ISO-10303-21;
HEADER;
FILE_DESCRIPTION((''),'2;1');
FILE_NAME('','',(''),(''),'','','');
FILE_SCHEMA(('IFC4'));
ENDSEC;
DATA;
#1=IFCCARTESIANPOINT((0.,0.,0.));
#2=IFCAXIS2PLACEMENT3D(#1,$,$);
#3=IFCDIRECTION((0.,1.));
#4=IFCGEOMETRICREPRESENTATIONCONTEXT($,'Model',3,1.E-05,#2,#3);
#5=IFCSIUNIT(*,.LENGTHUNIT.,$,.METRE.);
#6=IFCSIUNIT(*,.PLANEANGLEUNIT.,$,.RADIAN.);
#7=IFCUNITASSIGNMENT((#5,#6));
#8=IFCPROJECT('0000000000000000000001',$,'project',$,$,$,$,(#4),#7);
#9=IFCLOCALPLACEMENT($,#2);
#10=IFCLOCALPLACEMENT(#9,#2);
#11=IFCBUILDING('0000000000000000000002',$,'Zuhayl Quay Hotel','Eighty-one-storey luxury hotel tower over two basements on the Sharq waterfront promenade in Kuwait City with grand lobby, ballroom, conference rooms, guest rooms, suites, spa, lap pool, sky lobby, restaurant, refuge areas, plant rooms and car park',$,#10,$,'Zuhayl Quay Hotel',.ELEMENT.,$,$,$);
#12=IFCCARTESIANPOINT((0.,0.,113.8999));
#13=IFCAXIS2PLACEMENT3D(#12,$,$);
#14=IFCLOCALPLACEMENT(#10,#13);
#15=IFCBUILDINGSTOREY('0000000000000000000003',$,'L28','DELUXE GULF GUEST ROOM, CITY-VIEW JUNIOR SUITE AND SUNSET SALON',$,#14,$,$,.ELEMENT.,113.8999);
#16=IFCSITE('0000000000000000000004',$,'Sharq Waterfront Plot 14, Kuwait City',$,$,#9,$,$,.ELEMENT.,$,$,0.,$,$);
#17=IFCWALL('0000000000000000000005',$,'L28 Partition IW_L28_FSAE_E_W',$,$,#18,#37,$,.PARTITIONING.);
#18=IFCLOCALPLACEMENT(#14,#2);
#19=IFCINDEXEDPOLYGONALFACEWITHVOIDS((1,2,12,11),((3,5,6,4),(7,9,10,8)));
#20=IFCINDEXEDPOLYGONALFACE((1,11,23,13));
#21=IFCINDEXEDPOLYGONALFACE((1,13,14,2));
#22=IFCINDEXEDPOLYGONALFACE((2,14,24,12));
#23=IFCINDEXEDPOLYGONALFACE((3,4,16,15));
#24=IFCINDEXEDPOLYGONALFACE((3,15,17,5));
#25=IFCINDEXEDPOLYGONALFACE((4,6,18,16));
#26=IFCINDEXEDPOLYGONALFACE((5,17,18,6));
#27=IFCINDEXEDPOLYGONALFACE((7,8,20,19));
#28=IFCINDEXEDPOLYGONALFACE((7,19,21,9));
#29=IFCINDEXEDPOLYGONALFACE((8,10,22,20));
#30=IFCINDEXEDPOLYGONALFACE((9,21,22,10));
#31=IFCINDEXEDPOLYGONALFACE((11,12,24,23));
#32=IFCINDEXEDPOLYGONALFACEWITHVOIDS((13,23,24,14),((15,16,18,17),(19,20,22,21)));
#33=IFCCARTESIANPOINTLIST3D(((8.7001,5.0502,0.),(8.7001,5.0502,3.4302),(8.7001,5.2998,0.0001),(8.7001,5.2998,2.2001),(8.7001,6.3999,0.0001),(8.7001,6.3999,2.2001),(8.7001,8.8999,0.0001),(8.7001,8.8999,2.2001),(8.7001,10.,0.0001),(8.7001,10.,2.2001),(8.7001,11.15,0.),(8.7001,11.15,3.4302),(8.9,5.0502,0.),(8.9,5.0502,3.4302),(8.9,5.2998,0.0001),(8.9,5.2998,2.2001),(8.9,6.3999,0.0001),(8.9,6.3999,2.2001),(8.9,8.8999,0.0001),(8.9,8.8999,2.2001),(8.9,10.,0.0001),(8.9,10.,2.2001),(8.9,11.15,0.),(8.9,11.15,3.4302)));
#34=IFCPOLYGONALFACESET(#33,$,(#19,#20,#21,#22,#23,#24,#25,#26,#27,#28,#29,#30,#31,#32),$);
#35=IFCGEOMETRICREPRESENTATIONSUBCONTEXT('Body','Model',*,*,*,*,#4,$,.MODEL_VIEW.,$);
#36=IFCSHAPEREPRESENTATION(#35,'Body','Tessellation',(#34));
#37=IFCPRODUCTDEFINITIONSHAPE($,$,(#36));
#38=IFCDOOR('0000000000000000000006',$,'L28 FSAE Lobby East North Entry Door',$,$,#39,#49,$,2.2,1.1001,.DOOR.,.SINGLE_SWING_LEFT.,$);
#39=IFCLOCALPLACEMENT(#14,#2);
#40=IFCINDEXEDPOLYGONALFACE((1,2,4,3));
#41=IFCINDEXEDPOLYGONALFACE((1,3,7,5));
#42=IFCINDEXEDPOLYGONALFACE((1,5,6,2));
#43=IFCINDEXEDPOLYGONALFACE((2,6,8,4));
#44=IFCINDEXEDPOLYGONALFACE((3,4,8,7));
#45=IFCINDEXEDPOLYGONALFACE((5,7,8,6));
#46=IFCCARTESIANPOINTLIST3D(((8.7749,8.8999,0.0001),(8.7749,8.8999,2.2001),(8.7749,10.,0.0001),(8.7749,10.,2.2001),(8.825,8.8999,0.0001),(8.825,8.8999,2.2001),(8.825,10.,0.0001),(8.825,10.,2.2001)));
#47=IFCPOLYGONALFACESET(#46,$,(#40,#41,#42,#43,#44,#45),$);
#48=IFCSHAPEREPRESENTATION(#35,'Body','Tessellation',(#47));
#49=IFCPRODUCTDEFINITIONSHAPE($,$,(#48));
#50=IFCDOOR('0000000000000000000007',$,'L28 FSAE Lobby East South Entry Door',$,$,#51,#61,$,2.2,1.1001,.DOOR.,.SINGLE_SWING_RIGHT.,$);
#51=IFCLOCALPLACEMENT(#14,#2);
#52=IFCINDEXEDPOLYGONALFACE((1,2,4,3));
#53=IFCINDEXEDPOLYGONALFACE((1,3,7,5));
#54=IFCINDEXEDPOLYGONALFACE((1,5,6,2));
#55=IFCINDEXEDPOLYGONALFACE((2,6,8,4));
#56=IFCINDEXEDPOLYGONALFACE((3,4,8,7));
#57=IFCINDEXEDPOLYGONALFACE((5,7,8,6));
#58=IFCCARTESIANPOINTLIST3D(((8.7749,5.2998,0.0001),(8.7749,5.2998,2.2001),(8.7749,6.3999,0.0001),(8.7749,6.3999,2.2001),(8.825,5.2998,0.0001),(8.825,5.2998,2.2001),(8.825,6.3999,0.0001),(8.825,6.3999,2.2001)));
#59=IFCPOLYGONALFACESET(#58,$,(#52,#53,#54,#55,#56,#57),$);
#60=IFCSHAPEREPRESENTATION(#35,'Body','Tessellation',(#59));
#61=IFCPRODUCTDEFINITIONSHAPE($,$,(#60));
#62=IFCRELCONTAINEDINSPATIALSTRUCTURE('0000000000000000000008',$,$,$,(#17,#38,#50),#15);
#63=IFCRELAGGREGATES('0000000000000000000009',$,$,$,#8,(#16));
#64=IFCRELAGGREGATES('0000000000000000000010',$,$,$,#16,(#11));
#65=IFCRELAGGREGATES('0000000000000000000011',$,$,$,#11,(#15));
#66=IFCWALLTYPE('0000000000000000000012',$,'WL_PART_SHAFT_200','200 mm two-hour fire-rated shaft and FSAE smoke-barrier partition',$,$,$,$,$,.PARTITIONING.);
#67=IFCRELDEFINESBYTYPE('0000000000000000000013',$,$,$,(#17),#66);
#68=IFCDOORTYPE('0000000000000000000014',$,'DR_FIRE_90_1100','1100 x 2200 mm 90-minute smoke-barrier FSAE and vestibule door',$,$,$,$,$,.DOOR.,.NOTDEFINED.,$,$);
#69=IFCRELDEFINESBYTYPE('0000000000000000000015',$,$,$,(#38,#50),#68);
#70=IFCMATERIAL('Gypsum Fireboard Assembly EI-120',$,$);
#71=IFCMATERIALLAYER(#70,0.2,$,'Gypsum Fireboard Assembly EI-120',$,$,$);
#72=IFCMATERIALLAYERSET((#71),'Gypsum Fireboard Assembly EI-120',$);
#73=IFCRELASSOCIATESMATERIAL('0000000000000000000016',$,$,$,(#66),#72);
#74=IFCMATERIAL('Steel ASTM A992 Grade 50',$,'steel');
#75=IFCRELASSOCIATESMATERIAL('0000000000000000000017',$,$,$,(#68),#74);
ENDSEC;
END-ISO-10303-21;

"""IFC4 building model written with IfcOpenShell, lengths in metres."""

from ifc_helpers import new_model, si_unit, direction, frame, frame_2d, origin, place, context, subcontext, project, spatial, rectangle, extrude, material, layer, layer_set, type_object, element, fill, save


model = new_model("IFC4")

# Units and contexts
model_context = context("Model", 3, precision=1e-05, world=origin(), true_north=direction((0.0, 1.0)))
body_context = subcontext(model_context, "Body", "Model", "MODEL_VIEW")
ifc_project = project(units=[si_unit("LENGTHUNIT", "METRE"), si_unit("PLANEANGLEUNIT", "RADIAN")], contexts=[model_context])

# Site, building, storey
site_placement = place(None, origin())
site = spatial("IfcSite", under=ifc_project, at=site_placement, Name="Sharq Waterfront Plot 14, Kuwait City", CompositionType="ELEMENT", RefElevation=0.0)
building_placement = place(site_placement, origin())
building = spatial("IfcBuilding", under=site, at=building_placement, Name="Zuhayl Quay Hotel", Description="Eighty-one-storey luxury hotel tower over two basements on the Sharq waterfront promenade in Kuwait City with grand lobby, ballroom, conference rooms, guest rooms, suites, spa, lap pool, sky lobby, restaurant, refuge areas, plant rooms and car park", LongName="Zuhayl Quay Hotel", CompositionType="ELEMENT")
storey_placement = place(building_placement, frame((0.0, 0.0, 113.8999)))
storey = spatial("IfcBuildingStorey", under=building, at=storey_placement, Name="L28", Description="DELUXE GULF GUEST ROOM, CITY-VIEW JUNIOR SUITE AND SUNSET SALON", CompositionType="ELEMENT", Elevation=113.8999)

# Shared definitions
ifc_material_1 = material(Name="Steel ASTM A992 Grade 50", Category="steel")

# Wall, openings, doors
ifc_material_2 = material(Name="Gypsum Fireboard Assembly EI-120")
ifc_layer_1 = layer(ifc_material_2, 0.2, Name="Gypsum Fireboard Assembly EI-120")
ifc_layer_set_1 = layer_set([ifc_layer_1], Name="Gypsum Fireboard Assembly EI-120")
wall_type_1 = type_object("IfcWallType", Name="WL_PART_SHAFT_200", Description="200 mm two-hour fire-rated shaft and FSAE smoke-barrier partition", PredefinedType="PARTITIONING", material=ifc_layer_set_1)
wall_1_placement = place(storey_placement, frame((8.8, 11.1499, 0.0), z_axis=(0.0, 0.0, 1.0), x_axis=(0.0, -1.0, 0.0)))
wall_1 = element("IfcWall", 1, at=wall_1_placement, inside=storey, type_object=wall_type_1, Name="L28 Partition IW_L28_FSAE_E_W", PredefinedType="PARTITIONING", context=body_context, shape_type="SweptSolid", body=[
    extrude(rectangle(XDim=6.0999, YDim=0.2, at=frame_2d((3.0498, 0.0))), origin(), (0.0, 0.0, 1.0), 3.4302),
])
opening_1_placement = place(wall_1_placement, frame((1.1499, 0.0, 0.0)))
opening_1 = element("IfcOpeningElement", 2, at=opening_1_placement, cuts=wall_1, PredefinedType="OPENING", context=body_context, shape_type="SweptSolid", body=[
    extrude(rectangle(XDim=1.1001, YDim=2.2, at=frame_2d((0.55, 1.1001))), frame((0.0, 0.1099, 0.0), z_axis=(0.0, -1.0, 0.0), x_axis=(1.0, 0.0, 0.0)), (0.0, 0.0, 1.0), 0.22),
])
opening_2_placement = place(wall_1_placement, frame((4.75, 0.0, 0.0)))
opening_2 = element("IfcOpeningElement", 3, at=opening_2_placement, cuts=wall_1, PredefinedType="OPENING", context=body_context, shape_type="SweptSolid", body=[
    extrude(rectangle(XDim=1.1001, YDim=2.2, at=frame_2d((0.55, 1.1001))), frame((0.0, 0.1099, 0.0), z_axis=(0.0, -1.0, 0.0), x_axis=(1.0, 0.0, 0.0)), (0.0, 0.0, 1.0), 0.22),
])
door_type_1 = type_object("IfcDoorType", Name="DR_FIRE_90_1100", Description="1100 x 2200 mm 90-minute smoke-barrier FSAE and vestibule door", OperationType="NOTDEFINED", PredefinedType="DOOR", material=ifc_material_1)
door_1_placement = place(opening_1_placement, origin())
door_1 = element("IfcDoor", 4, at=door_1_placement, inside=storey, type_object=door_type_1, Name="L28 FSAE Lobby East North Entry Door", OperationType="SINGLE_SWING_LEFT", OverallHeight=2.2, OverallWidth=1.1001, PredefinedType="DOOR", context=body_context, shape_type="SweptSolid", body=[
    extrude(rectangle(XDim=1.1001, YDim=2.2, at=frame_2d((0.55, 1.1001))), frame((0.0, 0.0249, 0.0), z_axis=(0.0, -1.0, 0.0), x_axis=(1.0, 0.0, 0.0)), (0.0, 0.0, 1.0), 0.05),
])
fill(opening_1, door_1)
door_2_placement = place(opening_2_placement, origin())
door_2 = element("IfcDoor", 5, at=door_2_placement, inside=storey, type_object=door_type_1, Name="L28 FSAE Lobby East South Entry Door", OperationType="SINGLE_SWING_RIGHT", OverallHeight=2.2, OverallWidth=1.1001, PredefinedType="DOOR", context=body_context, shape_type="SweptSolid", body=[
    extrude(rectangle(XDim=1.1001, YDim=2.2, at=frame_2d((0.55, 1.1001))), frame((0.0, 0.0249, 0.0), z_axis=(0.0, -1.0, 0.0), x_axis=(1.0, 0.0, 0.0)), (0.0, 0.0, 1.0), 0.05),
])
fill(opening_2, door_2)

save(model, "model.ifc")
